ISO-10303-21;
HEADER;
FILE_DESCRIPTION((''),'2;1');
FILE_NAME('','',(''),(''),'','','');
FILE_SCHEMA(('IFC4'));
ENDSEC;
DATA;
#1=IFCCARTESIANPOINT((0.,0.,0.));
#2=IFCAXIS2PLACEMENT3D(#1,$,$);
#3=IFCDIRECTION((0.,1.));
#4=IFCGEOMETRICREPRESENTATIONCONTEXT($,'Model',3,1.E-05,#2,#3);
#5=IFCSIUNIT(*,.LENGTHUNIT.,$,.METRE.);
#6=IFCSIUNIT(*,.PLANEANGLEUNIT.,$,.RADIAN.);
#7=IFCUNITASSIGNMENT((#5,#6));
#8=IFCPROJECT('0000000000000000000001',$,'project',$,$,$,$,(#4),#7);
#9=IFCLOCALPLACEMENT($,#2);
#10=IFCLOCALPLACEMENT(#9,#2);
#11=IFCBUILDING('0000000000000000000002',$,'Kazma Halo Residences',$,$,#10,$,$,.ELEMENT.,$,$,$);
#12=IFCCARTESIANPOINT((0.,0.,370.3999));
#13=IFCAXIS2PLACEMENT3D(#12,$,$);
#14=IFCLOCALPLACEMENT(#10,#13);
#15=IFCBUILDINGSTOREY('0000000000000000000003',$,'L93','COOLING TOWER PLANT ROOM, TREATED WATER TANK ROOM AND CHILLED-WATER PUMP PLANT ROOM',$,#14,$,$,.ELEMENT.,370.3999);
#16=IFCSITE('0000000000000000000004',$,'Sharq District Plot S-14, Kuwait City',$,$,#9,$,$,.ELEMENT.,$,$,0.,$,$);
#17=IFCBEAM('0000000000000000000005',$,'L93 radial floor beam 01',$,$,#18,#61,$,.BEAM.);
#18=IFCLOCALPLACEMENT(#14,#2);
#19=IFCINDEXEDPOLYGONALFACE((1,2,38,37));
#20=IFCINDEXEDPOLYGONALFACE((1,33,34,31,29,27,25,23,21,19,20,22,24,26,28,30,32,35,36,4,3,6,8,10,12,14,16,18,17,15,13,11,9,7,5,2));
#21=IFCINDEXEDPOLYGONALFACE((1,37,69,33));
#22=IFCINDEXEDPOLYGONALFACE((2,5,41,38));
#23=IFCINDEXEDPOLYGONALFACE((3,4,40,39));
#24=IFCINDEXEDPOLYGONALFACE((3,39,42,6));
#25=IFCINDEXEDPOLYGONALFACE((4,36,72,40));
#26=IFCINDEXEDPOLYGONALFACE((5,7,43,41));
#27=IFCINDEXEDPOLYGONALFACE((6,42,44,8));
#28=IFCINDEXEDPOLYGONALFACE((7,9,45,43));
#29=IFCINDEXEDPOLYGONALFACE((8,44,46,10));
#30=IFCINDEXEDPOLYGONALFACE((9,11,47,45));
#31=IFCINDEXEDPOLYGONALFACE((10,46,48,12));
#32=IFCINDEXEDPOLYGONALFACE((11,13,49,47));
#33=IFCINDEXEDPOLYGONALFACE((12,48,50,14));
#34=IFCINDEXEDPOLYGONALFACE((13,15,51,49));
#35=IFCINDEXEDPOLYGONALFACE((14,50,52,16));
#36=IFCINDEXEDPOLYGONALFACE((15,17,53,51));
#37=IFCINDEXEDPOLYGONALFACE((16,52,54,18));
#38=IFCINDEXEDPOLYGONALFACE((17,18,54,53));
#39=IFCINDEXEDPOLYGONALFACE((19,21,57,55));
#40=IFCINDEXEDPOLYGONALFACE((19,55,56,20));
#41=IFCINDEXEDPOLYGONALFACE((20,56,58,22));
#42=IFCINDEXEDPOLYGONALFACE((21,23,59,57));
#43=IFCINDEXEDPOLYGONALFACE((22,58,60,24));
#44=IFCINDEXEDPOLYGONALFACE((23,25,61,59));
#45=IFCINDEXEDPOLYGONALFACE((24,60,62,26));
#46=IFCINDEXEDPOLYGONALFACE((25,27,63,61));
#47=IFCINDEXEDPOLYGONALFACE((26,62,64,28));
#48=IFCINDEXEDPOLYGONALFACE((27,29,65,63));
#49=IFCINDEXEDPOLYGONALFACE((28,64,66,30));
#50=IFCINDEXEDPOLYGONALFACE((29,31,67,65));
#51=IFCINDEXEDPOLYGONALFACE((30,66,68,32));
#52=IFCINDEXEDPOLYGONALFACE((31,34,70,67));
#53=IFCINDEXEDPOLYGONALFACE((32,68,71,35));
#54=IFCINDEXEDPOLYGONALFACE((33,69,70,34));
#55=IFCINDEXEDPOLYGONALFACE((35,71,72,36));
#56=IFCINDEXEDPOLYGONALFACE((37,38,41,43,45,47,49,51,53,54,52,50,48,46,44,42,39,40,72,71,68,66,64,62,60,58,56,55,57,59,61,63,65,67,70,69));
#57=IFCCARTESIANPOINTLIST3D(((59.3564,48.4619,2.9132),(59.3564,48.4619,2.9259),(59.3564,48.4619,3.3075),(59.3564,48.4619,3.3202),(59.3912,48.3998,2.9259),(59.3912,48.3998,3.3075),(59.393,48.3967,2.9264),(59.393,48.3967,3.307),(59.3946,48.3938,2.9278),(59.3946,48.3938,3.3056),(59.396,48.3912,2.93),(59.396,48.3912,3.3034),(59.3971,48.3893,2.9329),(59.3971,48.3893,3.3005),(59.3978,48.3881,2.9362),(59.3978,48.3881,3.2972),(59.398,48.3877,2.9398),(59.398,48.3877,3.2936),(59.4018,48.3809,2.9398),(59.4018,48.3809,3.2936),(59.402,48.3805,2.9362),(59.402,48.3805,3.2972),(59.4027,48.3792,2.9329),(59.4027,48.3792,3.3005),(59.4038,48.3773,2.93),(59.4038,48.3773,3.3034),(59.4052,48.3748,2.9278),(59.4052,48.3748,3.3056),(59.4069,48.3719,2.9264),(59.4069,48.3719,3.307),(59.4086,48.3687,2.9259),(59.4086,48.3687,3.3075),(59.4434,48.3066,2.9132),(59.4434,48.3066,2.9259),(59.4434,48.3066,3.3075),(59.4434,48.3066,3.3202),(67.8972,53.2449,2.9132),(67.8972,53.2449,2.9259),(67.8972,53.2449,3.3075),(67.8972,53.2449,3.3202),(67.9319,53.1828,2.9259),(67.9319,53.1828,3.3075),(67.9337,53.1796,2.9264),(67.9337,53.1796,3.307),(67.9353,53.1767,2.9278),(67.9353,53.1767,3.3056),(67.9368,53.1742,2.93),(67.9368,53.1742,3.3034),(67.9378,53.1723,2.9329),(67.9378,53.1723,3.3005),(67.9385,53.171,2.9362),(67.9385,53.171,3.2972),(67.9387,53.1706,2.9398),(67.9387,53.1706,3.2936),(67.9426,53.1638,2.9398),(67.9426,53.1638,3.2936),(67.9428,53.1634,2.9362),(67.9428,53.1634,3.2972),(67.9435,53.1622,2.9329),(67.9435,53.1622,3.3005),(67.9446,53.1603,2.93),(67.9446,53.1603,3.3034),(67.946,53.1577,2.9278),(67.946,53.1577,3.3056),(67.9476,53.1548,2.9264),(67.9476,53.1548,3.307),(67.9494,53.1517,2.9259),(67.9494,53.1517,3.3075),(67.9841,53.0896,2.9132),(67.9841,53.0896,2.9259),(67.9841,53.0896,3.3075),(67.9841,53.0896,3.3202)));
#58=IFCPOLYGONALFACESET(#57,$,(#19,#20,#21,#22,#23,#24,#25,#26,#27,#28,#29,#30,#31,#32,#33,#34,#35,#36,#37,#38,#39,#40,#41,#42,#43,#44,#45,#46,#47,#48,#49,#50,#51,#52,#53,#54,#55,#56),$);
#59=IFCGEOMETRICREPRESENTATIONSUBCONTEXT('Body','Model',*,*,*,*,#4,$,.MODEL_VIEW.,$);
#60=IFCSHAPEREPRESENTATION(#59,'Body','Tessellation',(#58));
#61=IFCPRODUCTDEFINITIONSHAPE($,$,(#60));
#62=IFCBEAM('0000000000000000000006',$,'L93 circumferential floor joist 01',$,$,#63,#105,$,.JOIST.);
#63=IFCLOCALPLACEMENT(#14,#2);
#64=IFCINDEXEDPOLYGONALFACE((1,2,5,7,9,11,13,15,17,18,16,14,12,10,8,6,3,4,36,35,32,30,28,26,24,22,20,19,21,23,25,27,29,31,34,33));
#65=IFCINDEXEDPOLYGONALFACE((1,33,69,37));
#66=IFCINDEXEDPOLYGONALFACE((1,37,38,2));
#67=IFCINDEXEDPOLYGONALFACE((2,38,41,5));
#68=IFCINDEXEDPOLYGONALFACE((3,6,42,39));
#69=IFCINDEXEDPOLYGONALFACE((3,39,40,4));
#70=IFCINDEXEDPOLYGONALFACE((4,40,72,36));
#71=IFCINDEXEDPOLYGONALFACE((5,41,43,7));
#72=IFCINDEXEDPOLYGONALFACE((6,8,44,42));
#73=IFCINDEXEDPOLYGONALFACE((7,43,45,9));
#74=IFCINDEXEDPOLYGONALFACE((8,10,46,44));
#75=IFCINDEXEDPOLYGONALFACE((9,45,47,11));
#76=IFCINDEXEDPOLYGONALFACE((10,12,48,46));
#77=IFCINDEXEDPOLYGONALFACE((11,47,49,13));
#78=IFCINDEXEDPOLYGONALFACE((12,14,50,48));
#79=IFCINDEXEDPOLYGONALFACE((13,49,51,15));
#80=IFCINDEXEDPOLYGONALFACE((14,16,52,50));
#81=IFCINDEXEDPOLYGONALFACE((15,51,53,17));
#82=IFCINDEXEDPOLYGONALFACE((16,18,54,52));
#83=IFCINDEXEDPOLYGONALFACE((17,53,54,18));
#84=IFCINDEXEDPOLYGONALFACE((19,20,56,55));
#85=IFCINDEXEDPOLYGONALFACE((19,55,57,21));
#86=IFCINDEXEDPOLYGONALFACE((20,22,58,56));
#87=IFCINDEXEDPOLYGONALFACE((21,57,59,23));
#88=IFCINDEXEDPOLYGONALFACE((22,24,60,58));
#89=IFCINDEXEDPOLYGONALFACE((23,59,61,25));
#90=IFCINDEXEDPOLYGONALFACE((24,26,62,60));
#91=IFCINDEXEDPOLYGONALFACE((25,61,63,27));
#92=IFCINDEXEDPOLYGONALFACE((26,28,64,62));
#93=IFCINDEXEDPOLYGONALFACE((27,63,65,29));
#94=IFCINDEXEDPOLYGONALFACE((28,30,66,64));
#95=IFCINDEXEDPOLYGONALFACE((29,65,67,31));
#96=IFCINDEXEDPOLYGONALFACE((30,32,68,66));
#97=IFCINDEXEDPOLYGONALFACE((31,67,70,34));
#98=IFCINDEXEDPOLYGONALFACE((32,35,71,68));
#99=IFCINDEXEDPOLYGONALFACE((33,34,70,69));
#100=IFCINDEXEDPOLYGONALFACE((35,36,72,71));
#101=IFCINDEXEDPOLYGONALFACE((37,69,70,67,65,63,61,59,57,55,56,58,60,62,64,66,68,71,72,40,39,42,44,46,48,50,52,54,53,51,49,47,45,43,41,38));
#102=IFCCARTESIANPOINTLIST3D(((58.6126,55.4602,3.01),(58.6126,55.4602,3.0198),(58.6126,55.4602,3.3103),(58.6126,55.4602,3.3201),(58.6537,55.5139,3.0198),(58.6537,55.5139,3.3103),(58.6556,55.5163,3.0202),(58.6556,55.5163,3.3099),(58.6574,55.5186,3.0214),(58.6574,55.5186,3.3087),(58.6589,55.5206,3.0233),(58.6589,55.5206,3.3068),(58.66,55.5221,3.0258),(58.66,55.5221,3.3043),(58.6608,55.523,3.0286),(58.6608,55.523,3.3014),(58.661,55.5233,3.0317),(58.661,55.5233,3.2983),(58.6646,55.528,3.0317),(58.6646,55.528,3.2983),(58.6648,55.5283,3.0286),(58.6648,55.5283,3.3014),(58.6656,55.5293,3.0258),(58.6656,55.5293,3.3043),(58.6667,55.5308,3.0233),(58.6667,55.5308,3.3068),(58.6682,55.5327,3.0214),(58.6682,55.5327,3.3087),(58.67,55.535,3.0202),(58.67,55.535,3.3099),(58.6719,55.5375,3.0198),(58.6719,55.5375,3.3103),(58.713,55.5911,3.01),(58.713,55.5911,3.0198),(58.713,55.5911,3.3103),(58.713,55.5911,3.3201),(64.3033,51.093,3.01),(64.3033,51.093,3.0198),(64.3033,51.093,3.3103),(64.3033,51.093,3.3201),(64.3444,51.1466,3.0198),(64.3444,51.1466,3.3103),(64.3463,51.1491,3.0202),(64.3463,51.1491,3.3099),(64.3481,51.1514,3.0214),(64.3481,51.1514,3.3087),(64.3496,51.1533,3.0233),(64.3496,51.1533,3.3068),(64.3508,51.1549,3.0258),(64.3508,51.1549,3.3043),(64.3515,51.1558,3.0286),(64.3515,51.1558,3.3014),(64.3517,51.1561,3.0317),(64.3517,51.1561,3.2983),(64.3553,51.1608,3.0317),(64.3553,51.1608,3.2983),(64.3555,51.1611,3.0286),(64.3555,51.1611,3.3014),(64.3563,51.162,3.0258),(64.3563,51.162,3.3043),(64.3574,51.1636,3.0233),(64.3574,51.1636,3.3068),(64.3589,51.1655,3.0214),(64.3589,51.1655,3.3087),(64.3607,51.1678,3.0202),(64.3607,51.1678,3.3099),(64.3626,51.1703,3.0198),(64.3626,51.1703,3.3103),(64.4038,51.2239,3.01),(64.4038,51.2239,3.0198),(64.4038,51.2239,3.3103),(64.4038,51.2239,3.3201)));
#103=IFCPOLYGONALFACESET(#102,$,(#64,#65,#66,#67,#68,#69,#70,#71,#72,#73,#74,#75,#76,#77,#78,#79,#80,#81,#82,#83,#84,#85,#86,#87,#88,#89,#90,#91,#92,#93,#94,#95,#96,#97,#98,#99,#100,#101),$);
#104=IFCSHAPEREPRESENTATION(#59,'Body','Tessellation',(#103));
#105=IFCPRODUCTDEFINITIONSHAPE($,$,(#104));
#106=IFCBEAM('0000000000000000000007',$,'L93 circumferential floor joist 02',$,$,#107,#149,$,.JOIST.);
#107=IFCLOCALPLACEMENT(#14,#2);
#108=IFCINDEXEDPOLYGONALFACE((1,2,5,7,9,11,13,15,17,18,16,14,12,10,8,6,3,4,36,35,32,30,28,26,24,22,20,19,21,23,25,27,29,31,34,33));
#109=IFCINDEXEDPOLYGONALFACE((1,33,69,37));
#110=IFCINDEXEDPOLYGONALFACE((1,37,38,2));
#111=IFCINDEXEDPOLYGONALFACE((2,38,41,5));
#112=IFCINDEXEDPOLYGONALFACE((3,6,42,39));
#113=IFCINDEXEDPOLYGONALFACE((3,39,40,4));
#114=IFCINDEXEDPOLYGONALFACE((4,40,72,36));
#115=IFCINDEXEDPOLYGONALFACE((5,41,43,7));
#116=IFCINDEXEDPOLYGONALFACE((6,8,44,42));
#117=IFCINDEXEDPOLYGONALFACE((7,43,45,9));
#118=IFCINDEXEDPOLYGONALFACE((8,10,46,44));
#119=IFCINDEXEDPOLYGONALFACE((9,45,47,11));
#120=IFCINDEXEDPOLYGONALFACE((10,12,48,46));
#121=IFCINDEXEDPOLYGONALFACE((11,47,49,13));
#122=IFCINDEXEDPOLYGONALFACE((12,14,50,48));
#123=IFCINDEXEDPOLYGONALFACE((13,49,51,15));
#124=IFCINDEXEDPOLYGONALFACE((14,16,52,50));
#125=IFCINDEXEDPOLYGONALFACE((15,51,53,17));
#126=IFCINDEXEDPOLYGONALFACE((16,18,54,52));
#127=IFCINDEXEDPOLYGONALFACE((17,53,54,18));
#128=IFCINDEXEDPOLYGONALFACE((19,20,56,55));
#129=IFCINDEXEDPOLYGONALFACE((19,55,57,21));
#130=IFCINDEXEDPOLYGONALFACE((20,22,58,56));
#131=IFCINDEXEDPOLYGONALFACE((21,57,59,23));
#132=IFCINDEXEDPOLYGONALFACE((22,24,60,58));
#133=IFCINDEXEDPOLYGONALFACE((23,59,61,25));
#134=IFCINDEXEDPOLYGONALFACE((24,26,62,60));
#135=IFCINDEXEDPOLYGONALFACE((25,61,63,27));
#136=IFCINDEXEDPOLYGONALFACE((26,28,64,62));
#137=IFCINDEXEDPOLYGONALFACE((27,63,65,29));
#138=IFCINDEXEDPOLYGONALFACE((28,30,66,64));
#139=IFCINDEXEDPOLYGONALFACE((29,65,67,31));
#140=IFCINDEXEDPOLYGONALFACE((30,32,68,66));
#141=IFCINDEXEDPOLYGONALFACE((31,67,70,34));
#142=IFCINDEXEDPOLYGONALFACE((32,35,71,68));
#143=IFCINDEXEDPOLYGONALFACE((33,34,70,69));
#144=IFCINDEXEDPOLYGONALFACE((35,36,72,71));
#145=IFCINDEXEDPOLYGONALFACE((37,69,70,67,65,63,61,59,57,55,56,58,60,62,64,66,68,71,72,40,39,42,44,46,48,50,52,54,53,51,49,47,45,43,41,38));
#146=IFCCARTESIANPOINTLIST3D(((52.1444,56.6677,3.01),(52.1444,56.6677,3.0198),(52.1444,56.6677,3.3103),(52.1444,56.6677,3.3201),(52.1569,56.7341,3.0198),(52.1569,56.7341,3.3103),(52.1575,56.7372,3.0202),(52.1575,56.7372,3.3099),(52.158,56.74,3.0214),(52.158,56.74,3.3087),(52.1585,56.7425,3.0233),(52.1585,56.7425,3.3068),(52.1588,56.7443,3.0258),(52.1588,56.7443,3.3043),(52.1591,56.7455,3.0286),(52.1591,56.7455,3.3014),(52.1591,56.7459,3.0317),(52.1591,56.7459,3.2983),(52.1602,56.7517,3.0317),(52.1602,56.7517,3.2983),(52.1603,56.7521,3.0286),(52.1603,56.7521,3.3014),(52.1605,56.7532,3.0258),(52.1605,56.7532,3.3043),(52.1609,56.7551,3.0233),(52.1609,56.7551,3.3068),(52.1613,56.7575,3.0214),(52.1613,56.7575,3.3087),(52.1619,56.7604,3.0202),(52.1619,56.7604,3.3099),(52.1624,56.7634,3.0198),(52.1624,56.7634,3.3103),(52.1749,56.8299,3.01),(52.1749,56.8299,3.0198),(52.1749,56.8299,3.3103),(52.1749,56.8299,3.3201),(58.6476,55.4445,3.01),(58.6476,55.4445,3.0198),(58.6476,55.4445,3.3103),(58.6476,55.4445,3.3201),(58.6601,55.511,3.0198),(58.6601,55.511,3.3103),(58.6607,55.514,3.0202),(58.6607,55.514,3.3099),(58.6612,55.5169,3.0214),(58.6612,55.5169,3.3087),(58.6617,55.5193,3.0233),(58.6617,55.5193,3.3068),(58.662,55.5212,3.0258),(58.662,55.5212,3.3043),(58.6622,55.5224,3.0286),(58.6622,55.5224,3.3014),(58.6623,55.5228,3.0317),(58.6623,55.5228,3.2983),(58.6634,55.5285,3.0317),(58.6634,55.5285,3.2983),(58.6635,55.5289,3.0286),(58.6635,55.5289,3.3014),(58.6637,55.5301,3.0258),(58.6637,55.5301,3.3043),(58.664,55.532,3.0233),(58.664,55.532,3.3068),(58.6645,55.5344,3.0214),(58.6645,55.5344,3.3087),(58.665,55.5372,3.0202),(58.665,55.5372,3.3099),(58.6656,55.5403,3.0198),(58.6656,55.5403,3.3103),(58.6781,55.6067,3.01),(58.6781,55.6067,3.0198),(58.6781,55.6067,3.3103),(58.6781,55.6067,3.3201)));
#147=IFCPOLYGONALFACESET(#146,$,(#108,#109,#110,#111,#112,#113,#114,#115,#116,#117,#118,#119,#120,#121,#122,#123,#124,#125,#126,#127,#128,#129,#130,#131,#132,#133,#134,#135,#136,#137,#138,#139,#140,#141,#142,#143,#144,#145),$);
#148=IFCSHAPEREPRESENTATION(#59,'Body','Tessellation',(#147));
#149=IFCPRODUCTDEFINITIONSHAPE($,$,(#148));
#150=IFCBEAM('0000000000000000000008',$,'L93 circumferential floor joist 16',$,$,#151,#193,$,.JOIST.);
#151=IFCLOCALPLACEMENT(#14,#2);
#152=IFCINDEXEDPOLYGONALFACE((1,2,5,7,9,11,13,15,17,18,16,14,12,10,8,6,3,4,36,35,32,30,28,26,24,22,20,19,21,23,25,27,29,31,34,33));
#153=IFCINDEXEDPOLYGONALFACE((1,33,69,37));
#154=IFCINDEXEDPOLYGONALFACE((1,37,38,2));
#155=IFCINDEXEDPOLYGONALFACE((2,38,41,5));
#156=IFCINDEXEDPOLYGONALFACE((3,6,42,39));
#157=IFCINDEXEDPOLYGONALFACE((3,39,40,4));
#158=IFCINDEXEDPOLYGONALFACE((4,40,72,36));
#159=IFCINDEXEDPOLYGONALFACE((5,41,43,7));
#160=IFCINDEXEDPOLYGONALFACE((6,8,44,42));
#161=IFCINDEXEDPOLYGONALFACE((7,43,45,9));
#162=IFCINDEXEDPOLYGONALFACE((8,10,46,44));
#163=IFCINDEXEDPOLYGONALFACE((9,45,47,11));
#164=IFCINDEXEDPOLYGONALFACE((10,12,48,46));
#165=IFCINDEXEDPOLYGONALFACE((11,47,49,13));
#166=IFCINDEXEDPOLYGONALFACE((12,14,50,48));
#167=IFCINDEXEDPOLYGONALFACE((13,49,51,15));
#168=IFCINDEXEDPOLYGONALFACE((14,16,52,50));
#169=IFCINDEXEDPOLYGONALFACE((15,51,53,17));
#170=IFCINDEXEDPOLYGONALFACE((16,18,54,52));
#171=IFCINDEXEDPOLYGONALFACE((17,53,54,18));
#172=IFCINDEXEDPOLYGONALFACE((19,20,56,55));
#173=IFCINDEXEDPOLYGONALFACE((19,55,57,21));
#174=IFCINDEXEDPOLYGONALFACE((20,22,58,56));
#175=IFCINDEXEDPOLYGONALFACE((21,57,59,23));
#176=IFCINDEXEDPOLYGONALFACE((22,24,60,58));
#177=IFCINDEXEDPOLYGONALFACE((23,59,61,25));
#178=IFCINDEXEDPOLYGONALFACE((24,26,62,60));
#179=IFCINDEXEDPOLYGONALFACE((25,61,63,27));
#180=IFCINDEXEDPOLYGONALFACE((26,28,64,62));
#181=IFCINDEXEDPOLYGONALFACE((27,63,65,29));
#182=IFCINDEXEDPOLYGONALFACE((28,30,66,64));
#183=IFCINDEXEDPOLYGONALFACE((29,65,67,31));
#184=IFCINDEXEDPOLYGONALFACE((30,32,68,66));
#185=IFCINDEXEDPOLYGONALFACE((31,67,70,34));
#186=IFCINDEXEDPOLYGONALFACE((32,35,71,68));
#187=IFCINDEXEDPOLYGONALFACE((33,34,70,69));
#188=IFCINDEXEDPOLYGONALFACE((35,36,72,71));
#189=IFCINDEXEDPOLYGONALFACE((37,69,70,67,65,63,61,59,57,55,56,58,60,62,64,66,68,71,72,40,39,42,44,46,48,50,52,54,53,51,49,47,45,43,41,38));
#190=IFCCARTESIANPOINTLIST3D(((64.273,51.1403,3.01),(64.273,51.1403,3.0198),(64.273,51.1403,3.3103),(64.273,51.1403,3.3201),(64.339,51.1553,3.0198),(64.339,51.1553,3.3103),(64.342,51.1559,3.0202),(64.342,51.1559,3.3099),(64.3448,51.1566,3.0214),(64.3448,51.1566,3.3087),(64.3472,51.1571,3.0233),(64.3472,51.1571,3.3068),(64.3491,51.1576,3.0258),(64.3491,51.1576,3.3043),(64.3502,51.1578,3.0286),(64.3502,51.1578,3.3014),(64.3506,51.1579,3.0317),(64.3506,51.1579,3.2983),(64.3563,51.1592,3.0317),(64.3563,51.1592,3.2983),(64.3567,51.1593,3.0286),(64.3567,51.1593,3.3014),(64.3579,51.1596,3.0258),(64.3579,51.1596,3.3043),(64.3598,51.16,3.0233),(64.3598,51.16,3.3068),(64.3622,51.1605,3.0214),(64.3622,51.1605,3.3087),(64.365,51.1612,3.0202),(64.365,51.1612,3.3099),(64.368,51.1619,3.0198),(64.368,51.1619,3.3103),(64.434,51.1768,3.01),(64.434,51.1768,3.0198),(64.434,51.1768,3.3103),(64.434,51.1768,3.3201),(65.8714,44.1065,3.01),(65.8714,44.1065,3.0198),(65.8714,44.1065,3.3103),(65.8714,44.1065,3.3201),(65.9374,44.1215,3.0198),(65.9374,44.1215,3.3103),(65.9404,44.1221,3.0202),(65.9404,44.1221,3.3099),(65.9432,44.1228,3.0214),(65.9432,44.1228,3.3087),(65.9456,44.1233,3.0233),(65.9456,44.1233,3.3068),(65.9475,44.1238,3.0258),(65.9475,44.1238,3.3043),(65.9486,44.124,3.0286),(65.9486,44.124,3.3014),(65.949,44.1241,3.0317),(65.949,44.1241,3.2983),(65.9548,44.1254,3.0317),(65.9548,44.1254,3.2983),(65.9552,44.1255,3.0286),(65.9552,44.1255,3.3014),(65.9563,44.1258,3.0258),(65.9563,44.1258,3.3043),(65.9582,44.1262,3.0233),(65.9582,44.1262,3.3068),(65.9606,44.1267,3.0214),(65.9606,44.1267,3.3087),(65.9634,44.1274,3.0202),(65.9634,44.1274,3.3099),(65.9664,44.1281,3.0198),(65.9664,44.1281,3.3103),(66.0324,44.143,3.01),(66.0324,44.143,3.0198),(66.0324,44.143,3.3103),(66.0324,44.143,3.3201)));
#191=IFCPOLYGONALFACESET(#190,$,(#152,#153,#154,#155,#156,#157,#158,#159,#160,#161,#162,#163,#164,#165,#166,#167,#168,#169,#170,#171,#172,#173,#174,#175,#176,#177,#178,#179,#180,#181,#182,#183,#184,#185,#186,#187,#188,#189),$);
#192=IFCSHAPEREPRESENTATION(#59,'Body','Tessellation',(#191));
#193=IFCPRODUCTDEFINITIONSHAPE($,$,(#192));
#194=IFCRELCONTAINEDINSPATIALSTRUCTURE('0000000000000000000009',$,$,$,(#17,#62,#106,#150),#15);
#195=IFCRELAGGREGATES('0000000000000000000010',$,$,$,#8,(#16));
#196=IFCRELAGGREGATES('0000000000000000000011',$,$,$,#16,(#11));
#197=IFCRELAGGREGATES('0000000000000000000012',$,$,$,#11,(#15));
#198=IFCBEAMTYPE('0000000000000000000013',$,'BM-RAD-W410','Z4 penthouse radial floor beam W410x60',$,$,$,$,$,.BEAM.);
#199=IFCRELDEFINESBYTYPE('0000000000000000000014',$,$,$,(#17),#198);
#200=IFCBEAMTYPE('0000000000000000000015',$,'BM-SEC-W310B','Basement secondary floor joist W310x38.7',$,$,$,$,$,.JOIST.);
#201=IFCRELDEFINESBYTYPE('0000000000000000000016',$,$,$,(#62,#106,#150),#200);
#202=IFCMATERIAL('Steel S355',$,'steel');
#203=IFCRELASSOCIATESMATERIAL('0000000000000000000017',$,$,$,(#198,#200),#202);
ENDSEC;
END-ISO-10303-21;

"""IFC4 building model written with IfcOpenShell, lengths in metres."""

from ifc_helpers import new_model, si_unit, direction, frame, origin, origin_2d, place, context, subcontext, project, spatial, i_section, extrude, material, material_profile, profile_set, type_object, element, save


model = new_model("IFC4")

# Units and contexts
model_context = context("Model", 3, precision=1e-05, world=origin(), true_north=direction((0.0, 1.0)))
body_context = subcontext(model_context, "Body", "Model", "MODEL_VIEW")
ifc_project = project(units=[si_unit("LENGTHUNIT", "METRE"), si_unit("PLANEANGLEUNIT", "RADIAN")], contexts=[model_context])

# Site, building, storey
site_placement = place(None, origin())
site = spatial("IfcSite", under=ifc_project, at=site_placement, Name="Sharq District Plot S-14, Kuwait City", CompositionType="ELEMENT", RefElevation=0.0)
building_placement = place(site_placement, origin())
building = spatial("IfcBuilding", under=site, at=building_placement, Name="Kazma Halo Residences", CompositionType="ELEMENT")
storey_placement = place(building_placement, frame((0.0, 0.0, 370.3999)))
storey = spatial("IfcBuildingStorey", under=building, at=storey_placement, Name="L93", Description="COOLING TOWER PLANT ROOM, TREATED WATER TANK ROOM AND CHILLED-WATER PUMP PLANT ROOM", CompositionType="ELEMENT", Elevation=370.3999)

# Shared definitions
ifc_material_1 = material(Name="Steel S355", Category="steel")

# Beams
ifc_material_profile_1 = material_profile(ifc_material_1, i_section(OverallWidth=0.178, OverallDepth=0.407, WebThickness=0.0078, FlangeThickness=0.0127, FilletRadius=0.0139, at=origin_2d()), Name="W410x60")
ifc_profile_set_1 = profile_set([ifc_material_profile_1], Name="Steel S355")
beam_type_1 = type_object("IfcBeamType", Name="BM-RAD-W410", Description="Z4 penthouse radial floor beam W410x60", PredefinedType="BEAM", material=ifc_profile_set_1)
beam_1_placement = place(storey_placement, frame((59.3999, 48.3843, 3.1167), z_axis=(0.8725, 0.488613, 0.0), x_axis=(-0.488613, 0.8725, 0.0)))
element("IfcBeam", 1, at=beam_1_placement, inside=storey, type_object=beam_type_1, Name="L93 radial floor beam 01", PredefinedType="BEAM", context=body_context, shape_type="SweptSolid", body=[
    extrude(i_section(OverallWidth=0.178, OverallDepth=0.407, WebThickness=0.0078, FlangeThickness=0.0127, FilletRadius=0.0139, at=origin_2d()), origin(), (0.0, 0.0, 1.0), 9.7888),
])
ifc_material_profile_2 = material_profile(ifc_material_1, i_section(OverallWidth=0.165, OverallDepth=0.3101, WebThickness=0.0059, FlangeThickness=0.0098, FilletRadius=0.012, at=origin_2d()), Name="W310x38.7")
ifc_profile_set_2 = profile_set([ifc_material_profile_2], Name="Steel S355")
beam_type_2 = type_object("IfcBeamType", Name="BM-SEC-W310B", Description="Basement secondary floor joist W310x38.7", PredefinedType="JOIST", material=ifc_profile_set_2)
beam_2_placement = place(storey_placement, frame((64.3535, 51.1584, 3.165), z_axis=(-0.793314, 0.608812, 0.0), x_axis=(-0.608812, -0.793314, 0.0)))
element("IfcBeam", 2, at=beam_2_placement, inside=storey, type_object=beam_type_2, Name="L93 circumferential floor joist 01", PredefinedType="JOIST", context=body_context, shape_type="SweptSolid", body=[
    extrude(i_section(OverallWidth=0.165, OverallDepth=0.3101, WebThickness=0.0059, FlangeThickness=0.0098, FilletRadius=0.012, at=origin_2d()), origin(), (0.0, 0.0, 1.0), 7.1733),
])
beam_3_placement = place(storey_placement, frame((58.6628, 55.5256, 3.165), z_axis=(-0.982768, 0.184843, 0.0), x_axis=(-0.184843, -0.982768, 0.0)))
element("IfcBeam", 3, at=beam_3_placement, inside=storey, type_object=beam_type_2, Name="L93 circumferential floor joist 02", PredefinedType="JOIST", context=body_context, shape_type="SweptSolid", body=[
    extrude(i_section(OverallWidth=0.165, OverallDepth=0.3101, WebThickness=0.0059, FlangeThickness=0.0098, FilletRadius=0.012, at=origin_2d()), origin(), (0.0, 0.0, 1.0), 6.6172),
])
beam_4_placement = place(storey_placement, frame((65.9519, 44.1248, 3.165), z_axis=(-0.221598, 0.975138, 0.0), x_axis=(-0.975138, -0.221598, 0.0)))
element("IfcBeam", 4, at=beam_4_placement, inside=storey, type_object=beam_type_2, Name="L93 circumferential floor joist 16", PredefinedType="JOIST", context=body_context, shape_type="SweptSolid", body=[
    extrude(i_section(OverallWidth=0.165, OverallDepth=0.3101, WebThickness=0.0059, FlangeThickness=0.0098, FilletRadius=0.012, at=origin_2d()), origin(), (0.0, 0.0, 1.0), 7.2131),
])

save(model, "model.ifc")
